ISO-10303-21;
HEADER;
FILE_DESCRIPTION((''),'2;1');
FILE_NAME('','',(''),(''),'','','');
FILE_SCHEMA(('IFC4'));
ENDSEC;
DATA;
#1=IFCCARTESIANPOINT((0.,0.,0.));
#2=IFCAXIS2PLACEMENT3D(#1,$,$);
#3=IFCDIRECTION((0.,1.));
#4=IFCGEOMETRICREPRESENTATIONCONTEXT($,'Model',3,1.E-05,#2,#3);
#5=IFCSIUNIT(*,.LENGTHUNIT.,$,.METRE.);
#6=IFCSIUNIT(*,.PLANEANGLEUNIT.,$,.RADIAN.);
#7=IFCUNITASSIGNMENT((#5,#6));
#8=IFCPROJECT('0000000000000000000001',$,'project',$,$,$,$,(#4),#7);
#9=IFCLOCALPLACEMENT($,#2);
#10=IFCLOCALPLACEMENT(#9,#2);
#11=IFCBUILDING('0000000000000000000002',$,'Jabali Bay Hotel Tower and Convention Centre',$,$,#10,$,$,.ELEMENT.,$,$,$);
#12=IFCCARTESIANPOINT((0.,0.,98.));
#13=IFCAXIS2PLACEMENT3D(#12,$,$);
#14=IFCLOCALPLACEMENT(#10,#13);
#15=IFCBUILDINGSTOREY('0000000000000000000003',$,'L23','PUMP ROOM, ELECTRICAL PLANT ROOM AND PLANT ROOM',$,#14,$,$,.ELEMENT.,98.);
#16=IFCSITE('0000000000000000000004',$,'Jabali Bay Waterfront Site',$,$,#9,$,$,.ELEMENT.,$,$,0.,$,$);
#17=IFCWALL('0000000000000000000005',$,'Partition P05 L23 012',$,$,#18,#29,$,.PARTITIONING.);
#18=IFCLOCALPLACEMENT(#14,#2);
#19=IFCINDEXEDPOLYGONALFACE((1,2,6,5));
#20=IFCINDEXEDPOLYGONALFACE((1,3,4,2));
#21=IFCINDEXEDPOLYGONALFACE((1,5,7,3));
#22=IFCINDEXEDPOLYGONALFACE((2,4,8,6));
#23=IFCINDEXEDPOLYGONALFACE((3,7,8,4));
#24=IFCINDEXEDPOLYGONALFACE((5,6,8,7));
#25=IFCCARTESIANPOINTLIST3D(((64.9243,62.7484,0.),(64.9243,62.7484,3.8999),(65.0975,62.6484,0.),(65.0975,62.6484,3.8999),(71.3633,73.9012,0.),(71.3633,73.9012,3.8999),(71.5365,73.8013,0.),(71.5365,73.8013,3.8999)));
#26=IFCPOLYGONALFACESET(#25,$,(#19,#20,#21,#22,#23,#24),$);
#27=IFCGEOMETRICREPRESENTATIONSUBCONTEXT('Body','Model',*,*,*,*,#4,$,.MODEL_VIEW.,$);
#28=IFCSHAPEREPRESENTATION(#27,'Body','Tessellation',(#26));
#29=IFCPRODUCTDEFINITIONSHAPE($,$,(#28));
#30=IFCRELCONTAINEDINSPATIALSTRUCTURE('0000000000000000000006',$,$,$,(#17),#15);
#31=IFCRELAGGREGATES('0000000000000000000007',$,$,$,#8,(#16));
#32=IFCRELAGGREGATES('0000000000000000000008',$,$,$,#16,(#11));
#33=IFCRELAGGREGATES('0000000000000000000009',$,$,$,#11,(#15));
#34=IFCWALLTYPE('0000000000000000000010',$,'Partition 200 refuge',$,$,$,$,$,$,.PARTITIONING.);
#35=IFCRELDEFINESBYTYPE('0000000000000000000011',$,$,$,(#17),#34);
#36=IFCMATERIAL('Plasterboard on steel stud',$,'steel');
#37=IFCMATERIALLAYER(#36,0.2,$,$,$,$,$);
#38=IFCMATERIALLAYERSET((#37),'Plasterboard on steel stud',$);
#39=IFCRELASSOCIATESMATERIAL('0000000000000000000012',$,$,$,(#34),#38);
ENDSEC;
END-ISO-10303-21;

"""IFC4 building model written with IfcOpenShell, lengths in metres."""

from ifc_helpers import new_model, si_unit, direction, frame, frame_2d, origin, place, context, subcontext, project, spatial, rectangle, extrude, material, layer, layer_set, type_object, element, save


model = new_model("IFC4")

# Units and contexts
model_context = context("Model", 3, precision=1e-05, world=origin(), true_north=direction((0.0, 1.0)))
body_context = subcontext(model_context, "Body", "Model", "MODEL_VIEW")
ifc_project = project(units=[si_unit("LENGTHUNIT", "METRE"), si_unit("PLANEANGLEUNIT", "RADIAN")], contexts=[model_context])

# Site, building, storey
site_placement = place(None, origin())
site = spatial("IfcSite", under=ifc_project, at=site_placement, Name="Jabali Bay Waterfront Site", CompositionType="ELEMENT", RefElevation=0.0)
building_placement = place(site_placement, origin())
building = spatial("IfcBuilding", under=site, at=building_placement, Name="Jabali Bay Hotel Tower and Convention Centre", CompositionType="ELEMENT")
storey_placement = place(building_placement, frame((0.0, 0.0, 98.0)))
storey = spatial("IfcBuildingStorey", under=building, at=storey_placement, Name="L23", Description="PUMP ROOM, ELECTRICAL PLANT ROOM AND PLANT ROOM", CompositionType="ELEMENT", Elevation=98.0)

# Wall
ifc_material_1 = material(Name="Plasterboard on steel stud", Category="steel")
ifc_layer_1 = layer(ifc_material_1, 0.2)
ifc_layer_set_1 = layer_set([ifc_layer_1], Name="Plasterboard on steel stud")
wall_type_1 = type_object("IfcWallType", Name="Partition 200 refuge", PredefinedType="PARTITIONING", material=ifc_layer_set_1)
wall_1_placement = place(storey_placement, frame((65.011, 62.6985, 0.0), z_axis=(0.0, 0.0, 1.0), x_axis=(0.499993, 0.86603, 0.0)))
element("IfcWall", 1, at=wall_1_placement, inside=storey, type_object=wall_type_1, Name="Partition P05 L23 012", PredefinedType="PARTITIONING", context=body_context, shape_type="SweptSolid", body=[
    extrude(rectangle(XDim=12.8782, YDim=0.2, at=frame_2d((6.439, 0.0))), origin(), (0.0, 0.0, 1.0), 3.8999),
])

save(model, "model.ifc")
